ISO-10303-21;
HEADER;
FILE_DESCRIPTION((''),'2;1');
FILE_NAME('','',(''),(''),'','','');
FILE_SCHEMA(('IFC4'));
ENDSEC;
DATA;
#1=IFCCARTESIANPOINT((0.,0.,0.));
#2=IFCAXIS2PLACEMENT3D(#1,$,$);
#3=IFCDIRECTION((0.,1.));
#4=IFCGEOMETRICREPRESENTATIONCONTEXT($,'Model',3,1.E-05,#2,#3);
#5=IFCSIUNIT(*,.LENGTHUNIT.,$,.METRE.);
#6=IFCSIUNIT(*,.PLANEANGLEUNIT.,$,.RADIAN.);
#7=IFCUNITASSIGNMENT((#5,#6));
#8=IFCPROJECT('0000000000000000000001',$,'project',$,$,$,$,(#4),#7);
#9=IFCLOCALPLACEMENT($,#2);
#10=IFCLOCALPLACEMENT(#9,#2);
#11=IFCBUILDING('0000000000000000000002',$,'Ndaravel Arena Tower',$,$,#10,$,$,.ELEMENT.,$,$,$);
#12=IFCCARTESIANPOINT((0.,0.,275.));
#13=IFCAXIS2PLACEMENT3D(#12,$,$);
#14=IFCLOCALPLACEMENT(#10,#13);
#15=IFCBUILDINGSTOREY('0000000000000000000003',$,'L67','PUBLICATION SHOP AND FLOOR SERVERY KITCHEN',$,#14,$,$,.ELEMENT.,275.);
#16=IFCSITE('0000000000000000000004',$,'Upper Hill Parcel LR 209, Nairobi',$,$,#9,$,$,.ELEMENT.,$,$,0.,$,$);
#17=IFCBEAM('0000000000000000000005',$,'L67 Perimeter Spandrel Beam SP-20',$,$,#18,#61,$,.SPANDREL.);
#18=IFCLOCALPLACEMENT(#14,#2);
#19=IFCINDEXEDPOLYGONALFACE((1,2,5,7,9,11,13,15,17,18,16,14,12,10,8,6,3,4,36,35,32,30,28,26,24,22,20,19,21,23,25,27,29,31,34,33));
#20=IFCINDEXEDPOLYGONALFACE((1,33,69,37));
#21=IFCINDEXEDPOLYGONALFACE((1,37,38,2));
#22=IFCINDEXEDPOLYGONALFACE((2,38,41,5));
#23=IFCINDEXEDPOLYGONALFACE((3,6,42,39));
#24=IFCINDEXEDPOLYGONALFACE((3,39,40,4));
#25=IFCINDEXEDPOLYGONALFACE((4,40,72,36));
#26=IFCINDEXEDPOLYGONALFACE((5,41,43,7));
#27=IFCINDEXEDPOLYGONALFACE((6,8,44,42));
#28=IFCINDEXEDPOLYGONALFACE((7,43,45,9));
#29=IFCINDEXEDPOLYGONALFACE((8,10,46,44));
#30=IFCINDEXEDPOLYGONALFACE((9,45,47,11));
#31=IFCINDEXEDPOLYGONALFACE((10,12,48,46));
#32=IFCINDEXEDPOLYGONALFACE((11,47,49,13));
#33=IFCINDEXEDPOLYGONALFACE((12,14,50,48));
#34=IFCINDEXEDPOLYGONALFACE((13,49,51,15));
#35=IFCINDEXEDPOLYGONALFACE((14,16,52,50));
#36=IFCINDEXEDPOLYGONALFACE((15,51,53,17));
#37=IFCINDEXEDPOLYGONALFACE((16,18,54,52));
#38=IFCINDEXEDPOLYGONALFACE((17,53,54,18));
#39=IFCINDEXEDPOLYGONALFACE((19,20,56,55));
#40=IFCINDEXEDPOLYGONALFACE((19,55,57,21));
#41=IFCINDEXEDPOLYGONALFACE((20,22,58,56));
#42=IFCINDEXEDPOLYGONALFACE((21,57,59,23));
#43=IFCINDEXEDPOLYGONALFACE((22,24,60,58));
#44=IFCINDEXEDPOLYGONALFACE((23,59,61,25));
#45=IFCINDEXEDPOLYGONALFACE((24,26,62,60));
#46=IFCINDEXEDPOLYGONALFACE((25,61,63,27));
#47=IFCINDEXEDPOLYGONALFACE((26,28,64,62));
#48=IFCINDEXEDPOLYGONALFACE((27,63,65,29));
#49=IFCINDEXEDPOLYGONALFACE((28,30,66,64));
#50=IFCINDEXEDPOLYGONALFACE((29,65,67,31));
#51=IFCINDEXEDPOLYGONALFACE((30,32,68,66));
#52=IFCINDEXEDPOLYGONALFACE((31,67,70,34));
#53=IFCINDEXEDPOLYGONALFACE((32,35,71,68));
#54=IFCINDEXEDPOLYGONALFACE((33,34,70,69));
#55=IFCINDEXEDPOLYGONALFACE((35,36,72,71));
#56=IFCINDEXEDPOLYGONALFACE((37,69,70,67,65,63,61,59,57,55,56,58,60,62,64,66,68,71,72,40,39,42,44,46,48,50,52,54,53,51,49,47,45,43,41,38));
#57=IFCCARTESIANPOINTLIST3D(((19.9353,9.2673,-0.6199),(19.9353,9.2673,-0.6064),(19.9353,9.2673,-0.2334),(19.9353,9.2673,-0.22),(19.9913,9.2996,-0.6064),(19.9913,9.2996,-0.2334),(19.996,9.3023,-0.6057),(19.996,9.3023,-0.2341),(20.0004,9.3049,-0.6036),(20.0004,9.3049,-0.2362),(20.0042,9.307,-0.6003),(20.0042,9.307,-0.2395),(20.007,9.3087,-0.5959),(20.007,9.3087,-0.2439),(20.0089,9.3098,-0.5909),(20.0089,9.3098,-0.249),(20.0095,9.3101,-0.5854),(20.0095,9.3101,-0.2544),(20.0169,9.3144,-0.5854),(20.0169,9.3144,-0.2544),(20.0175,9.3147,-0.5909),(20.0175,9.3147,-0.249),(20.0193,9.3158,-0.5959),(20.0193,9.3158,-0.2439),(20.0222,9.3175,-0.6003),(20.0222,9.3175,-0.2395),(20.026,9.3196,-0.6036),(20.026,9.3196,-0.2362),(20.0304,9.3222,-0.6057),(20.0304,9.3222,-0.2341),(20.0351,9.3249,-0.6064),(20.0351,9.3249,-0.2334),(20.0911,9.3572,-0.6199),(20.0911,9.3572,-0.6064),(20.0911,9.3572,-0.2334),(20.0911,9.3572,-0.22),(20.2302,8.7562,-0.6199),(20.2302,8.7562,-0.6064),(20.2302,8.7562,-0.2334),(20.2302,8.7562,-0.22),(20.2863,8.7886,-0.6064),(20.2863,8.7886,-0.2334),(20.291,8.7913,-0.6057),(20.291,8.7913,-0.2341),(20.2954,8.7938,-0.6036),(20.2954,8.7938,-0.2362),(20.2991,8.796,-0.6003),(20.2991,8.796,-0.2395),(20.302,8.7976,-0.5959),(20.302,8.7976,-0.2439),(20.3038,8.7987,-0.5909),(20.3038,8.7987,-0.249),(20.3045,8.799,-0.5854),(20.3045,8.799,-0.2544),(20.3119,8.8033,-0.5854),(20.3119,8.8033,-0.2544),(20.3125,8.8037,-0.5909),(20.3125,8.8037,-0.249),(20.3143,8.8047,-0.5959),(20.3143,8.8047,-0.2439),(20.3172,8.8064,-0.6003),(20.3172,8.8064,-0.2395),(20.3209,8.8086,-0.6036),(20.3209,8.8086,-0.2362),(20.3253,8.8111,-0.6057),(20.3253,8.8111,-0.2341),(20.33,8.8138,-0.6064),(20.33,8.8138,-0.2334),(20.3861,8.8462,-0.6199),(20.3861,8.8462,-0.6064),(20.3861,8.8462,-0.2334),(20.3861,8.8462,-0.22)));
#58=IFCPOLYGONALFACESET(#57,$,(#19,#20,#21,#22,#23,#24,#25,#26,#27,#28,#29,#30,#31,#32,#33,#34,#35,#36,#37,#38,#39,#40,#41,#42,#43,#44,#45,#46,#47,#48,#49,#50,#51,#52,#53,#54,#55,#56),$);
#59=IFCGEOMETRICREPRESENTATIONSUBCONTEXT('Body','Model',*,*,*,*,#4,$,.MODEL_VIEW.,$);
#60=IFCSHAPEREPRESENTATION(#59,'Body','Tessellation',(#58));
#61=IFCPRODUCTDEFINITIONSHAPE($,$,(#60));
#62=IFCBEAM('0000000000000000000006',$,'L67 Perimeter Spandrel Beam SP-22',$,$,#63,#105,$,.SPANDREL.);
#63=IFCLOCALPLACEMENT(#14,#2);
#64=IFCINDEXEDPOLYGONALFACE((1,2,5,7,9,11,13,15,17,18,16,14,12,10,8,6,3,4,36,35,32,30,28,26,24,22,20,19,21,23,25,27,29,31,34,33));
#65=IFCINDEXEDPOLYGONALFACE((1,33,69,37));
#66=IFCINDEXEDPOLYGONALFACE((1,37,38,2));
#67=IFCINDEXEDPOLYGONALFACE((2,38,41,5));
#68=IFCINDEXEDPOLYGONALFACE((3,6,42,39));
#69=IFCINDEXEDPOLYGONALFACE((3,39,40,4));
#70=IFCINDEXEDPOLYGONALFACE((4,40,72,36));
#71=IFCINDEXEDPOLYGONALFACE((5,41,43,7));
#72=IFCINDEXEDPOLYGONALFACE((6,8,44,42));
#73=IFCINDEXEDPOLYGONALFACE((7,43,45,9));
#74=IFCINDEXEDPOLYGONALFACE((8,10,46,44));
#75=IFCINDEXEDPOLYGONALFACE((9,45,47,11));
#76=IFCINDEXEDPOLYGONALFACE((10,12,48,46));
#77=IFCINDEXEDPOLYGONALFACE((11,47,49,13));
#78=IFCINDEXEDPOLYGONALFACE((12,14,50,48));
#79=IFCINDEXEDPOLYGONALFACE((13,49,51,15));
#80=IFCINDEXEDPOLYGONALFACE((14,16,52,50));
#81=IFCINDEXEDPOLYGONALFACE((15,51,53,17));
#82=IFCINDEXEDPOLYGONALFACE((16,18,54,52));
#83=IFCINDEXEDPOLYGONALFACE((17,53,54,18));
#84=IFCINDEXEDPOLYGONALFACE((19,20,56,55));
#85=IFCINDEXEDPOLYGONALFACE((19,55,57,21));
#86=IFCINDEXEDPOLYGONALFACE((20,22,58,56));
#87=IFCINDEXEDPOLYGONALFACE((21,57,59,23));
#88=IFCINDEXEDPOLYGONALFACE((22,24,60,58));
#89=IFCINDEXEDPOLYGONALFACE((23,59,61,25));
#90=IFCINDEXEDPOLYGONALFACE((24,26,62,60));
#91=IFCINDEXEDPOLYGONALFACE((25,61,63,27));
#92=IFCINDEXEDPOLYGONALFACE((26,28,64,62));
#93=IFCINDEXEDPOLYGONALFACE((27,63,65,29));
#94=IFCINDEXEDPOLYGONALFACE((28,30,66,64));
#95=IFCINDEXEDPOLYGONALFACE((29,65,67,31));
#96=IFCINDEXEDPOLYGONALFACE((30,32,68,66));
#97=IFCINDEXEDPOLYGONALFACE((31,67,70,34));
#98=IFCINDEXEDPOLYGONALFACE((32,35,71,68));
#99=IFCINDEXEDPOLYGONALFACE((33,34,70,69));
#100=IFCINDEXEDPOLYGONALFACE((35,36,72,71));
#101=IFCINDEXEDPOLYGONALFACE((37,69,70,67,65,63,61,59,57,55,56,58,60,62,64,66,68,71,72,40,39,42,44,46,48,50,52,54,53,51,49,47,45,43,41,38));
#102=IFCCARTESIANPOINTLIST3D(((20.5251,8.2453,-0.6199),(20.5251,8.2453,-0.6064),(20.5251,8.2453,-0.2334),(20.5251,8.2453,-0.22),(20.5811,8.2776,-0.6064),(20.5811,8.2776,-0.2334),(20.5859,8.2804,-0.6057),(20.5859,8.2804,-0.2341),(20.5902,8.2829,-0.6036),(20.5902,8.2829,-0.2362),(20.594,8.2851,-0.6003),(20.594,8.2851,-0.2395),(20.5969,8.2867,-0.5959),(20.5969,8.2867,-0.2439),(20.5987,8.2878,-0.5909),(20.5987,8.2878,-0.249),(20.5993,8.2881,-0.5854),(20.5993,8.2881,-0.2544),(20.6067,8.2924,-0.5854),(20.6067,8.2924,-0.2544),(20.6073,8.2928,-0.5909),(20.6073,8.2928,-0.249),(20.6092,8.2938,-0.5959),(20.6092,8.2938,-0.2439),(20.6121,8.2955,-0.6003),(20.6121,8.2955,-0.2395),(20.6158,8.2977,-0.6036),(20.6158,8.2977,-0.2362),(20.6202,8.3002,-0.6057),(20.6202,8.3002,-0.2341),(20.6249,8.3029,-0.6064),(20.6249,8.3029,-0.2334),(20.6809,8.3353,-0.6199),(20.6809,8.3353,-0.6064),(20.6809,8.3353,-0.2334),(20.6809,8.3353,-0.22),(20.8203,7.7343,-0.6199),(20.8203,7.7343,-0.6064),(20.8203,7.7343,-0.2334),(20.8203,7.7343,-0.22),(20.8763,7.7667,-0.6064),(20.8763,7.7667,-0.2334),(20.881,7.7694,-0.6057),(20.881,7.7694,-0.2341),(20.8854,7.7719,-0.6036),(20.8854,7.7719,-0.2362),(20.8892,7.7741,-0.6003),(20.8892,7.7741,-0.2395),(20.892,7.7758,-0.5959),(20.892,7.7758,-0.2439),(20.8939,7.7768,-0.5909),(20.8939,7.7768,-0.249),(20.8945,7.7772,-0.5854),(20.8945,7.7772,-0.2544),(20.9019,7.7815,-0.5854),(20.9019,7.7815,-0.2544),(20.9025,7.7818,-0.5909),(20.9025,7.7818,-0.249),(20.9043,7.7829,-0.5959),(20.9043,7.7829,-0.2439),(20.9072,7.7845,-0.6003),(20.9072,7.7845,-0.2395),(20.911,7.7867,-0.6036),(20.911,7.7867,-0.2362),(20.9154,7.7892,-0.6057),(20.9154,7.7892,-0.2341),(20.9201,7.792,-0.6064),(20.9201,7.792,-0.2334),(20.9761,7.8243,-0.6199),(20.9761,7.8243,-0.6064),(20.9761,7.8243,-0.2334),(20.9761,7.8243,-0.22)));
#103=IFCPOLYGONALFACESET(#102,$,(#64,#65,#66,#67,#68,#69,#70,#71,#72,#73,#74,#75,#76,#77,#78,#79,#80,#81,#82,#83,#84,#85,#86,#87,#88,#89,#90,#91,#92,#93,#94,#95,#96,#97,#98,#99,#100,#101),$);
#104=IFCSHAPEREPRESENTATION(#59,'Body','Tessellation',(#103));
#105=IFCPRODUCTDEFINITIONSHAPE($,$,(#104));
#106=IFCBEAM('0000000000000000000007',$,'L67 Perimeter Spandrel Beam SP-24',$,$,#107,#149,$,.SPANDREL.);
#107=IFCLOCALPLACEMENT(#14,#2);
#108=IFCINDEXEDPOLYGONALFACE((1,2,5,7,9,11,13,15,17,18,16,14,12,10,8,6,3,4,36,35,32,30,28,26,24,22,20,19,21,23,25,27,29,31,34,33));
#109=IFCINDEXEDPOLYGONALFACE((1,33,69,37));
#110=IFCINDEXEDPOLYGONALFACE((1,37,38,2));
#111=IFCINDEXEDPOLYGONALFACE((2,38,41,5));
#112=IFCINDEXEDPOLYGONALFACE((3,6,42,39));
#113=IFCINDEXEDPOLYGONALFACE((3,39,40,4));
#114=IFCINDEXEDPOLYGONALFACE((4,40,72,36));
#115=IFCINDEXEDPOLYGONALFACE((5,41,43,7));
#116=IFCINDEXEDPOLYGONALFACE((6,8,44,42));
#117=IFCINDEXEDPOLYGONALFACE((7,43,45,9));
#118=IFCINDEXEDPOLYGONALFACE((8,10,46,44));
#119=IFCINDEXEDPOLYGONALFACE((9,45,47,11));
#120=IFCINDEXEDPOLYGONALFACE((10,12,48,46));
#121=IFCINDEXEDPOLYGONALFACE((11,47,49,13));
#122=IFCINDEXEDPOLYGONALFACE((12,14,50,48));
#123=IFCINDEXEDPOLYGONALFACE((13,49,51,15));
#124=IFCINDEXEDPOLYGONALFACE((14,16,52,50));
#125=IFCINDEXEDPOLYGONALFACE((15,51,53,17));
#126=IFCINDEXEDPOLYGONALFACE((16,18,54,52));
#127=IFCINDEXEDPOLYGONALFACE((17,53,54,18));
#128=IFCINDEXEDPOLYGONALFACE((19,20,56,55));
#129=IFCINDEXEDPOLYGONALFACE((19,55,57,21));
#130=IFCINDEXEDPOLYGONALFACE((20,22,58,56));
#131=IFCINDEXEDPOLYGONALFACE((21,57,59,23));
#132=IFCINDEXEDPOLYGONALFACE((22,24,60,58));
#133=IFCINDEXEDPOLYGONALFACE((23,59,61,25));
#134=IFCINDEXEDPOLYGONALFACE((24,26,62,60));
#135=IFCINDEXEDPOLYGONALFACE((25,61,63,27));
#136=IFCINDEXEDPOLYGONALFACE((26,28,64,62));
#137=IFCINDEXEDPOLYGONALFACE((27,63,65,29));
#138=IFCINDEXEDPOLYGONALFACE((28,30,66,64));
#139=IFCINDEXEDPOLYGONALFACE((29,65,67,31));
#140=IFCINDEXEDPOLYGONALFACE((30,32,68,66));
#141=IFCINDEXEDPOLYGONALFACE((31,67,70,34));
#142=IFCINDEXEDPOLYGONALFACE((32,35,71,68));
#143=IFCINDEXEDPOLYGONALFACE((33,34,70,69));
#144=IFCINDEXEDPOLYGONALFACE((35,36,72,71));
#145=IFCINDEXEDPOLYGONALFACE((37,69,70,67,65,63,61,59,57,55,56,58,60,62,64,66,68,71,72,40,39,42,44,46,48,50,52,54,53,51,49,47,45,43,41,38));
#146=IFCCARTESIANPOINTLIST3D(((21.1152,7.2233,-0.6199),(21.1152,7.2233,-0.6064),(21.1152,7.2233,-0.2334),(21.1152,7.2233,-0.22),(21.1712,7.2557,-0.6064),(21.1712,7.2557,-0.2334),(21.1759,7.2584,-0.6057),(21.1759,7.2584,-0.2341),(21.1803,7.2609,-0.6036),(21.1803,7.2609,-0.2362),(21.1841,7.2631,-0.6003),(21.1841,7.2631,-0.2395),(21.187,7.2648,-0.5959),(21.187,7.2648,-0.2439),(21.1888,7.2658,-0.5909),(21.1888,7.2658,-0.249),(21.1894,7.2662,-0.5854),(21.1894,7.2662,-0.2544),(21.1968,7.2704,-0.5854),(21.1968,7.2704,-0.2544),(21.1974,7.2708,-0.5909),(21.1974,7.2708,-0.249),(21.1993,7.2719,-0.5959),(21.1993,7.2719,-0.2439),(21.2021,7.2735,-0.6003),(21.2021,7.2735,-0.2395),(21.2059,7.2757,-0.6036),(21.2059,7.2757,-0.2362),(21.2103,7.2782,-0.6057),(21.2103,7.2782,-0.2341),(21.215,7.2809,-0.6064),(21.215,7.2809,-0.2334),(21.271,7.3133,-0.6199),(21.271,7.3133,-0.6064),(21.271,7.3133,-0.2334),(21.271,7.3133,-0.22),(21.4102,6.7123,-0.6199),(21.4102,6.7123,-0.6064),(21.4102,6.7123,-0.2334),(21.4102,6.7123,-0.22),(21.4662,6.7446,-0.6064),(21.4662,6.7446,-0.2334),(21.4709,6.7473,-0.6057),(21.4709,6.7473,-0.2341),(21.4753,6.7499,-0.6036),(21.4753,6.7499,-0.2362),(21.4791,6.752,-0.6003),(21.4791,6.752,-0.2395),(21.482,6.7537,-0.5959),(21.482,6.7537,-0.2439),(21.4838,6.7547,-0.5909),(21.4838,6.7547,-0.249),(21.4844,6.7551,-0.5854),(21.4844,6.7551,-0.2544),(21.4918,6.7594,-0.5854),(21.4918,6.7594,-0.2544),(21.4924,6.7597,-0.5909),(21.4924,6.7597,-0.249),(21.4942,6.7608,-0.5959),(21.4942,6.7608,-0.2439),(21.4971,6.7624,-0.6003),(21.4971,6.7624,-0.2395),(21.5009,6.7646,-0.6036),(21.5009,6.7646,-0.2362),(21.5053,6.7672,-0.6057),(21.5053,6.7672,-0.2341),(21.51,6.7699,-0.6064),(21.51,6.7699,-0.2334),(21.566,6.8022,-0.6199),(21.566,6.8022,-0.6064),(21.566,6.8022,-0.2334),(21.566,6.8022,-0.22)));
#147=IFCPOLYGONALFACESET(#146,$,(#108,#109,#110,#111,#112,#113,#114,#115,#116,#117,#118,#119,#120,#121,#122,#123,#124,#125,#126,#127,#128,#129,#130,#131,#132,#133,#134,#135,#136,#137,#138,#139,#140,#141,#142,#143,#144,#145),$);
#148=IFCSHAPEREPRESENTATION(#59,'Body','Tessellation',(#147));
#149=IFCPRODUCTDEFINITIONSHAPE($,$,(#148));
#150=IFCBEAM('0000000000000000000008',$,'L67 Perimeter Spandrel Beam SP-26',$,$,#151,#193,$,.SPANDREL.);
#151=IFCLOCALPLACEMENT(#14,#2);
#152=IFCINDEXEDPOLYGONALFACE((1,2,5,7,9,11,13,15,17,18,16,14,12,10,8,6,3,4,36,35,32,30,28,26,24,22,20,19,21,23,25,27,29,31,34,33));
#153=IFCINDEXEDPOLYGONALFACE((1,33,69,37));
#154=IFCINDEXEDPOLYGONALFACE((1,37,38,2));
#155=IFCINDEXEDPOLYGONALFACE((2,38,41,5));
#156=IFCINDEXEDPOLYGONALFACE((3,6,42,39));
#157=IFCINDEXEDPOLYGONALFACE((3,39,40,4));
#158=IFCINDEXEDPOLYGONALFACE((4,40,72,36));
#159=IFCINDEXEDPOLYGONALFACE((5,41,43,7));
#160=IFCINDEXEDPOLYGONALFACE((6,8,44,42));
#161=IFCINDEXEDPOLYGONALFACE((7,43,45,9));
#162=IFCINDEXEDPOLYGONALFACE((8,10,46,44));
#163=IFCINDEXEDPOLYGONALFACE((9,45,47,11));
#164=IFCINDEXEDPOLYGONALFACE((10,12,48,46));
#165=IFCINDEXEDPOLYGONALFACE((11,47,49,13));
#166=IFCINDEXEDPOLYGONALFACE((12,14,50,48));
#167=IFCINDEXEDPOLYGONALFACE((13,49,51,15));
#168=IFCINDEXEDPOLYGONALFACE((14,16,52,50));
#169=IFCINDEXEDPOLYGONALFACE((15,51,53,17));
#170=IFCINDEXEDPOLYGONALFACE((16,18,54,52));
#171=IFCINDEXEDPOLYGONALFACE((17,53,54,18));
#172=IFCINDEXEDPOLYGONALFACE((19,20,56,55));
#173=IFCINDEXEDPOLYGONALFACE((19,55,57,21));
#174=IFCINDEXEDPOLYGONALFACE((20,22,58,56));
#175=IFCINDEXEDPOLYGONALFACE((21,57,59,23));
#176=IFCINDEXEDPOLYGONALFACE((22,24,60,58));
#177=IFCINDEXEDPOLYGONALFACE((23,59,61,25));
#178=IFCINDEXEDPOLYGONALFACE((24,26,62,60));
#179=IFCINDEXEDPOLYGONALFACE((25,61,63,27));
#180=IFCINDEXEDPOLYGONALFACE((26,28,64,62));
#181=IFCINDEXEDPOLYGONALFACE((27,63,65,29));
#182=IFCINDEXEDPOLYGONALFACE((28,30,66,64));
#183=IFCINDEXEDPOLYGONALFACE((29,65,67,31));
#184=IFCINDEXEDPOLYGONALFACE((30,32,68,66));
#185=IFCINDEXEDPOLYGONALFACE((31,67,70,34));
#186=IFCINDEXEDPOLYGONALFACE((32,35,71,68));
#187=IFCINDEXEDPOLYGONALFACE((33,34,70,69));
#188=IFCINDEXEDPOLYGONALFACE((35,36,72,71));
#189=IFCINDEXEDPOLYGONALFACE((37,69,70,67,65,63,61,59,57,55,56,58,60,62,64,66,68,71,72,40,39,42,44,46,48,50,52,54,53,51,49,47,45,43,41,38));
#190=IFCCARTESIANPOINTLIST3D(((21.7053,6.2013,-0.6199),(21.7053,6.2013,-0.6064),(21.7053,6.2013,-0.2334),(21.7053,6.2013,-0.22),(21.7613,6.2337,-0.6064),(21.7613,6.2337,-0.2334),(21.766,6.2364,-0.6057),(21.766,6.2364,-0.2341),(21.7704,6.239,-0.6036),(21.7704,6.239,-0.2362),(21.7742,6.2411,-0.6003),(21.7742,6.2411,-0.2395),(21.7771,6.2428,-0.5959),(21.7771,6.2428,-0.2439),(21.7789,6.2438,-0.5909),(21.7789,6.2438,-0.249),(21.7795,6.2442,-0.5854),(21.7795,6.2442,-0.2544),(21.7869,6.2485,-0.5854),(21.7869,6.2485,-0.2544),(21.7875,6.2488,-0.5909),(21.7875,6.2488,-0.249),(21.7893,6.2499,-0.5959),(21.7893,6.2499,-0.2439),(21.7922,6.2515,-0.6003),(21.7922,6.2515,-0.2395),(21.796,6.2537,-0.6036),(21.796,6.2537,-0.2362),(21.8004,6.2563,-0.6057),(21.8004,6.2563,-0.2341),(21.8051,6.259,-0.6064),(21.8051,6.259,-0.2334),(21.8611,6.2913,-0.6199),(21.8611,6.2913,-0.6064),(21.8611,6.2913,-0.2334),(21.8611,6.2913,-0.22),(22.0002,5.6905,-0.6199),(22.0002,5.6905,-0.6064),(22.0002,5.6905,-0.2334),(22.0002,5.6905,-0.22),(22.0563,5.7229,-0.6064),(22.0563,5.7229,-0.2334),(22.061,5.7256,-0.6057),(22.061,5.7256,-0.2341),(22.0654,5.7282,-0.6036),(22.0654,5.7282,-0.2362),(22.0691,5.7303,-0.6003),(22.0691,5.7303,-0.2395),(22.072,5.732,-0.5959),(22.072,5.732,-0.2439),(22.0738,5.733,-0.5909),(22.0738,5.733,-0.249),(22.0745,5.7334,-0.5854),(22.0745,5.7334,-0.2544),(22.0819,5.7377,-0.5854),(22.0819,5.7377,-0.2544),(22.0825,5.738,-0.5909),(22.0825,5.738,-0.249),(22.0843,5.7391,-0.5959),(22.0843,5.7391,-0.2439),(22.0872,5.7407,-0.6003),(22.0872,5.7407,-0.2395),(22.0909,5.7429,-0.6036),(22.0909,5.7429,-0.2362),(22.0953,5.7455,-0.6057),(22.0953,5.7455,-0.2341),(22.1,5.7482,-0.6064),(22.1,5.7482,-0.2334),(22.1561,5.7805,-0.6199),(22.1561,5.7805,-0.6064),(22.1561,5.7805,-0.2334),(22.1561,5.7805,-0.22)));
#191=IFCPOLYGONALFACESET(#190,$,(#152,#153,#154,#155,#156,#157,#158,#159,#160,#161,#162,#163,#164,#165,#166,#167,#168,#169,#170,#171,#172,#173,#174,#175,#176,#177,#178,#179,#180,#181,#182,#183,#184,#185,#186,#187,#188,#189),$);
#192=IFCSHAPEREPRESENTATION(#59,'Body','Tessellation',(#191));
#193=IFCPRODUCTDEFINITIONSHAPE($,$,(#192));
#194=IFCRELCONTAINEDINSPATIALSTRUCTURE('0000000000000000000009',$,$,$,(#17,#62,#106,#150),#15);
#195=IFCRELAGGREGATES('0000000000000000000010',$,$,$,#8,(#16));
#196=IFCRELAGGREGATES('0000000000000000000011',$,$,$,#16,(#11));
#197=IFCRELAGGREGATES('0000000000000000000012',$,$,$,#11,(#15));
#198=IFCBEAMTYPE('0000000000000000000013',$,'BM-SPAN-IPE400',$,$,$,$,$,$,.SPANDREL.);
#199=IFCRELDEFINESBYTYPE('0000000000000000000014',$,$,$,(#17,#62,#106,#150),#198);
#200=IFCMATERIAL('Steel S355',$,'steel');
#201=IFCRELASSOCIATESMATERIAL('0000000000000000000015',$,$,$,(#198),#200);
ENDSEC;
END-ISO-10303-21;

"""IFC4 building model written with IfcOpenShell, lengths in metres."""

from ifc_helpers import new_model, si_unit, direction, frame, origin, origin_2d, place, context, subcontext, project, spatial, i_section, extrude, material, material_profile, profile_set, type_object, element, save


model = new_model("IFC4")

# Units and contexts
model_context = context("Model", 3, precision=1e-05, world=origin(), true_north=direction((0.0, 1.0)))
body_context = subcontext(model_context, "Body", "Model", "MODEL_VIEW")
ifc_project = project(units=[si_unit("LENGTHUNIT", "METRE"), si_unit("PLANEANGLEUNIT", "RADIAN")], contexts=[model_context])

# Site, building, storey
site_placement = place(None, origin())
site = spatial("IfcSite", under=ifc_project, at=site_placement, Name="Upper Hill Parcel LR 209, Nairobi", CompositionType="ELEMENT", RefElevation=0.0)
building_placement = place(site_placement, origin())
building = spatial("IfcBuilding", under=site, at=building_placement, Name="Ndaravel Arena Tower", CompositionType="ELEMENT")
storey_placement = place(building_placement, frame((0.0, 0.0, 275.0)))
storey = spatial("IfcBuildingStorey", under=building, at=storey_placement, Name="L67", Description="PUBLICATION SHOP AND FLOOR SERVERY KITCHEN", CompositionType="ELEMENT", Elevation=275.0)

# Beams
ifc_material_1 = material(Name="Steel S355", Category="steel")
ifc_material_profile_1 = material_profile(ifc_material_1, i_section(OverallWidth=0.1799, OverallDepth=0.3999, WebThickness=0.0085, FlangeThickness=0.0134, FilletRadius=0.021, at=origin_2d()), Name="IPE 400")
ifc_profile_set_1 = profile_set([ifc_material_profile_1], Name="Steel S355")
beam_type = type_object("IfcBeamType", Name="BM-SPAN-IPE400", PredefinedType="SPANDREL", material=ifc_profile_set_1)
for number, where, z_axis, x_axis, name in (
    (1, (20.0132, 9.3123, -0.4199), (0.499878, -0.866096, 0.0), (0.866096, 0.499878, 0.0), "L67 Perimeter Spandrel Beam SP-20"),
    (2, (20.603, 8.2903, -0.4199), (0.500188, -0.865917, 0.0), (0.865917, 0.500188, 0.0), "L67 Perimeter Spandrel Beam SP-22"),
    (3, (21.1931, 7.2683, -0.4199), (0.499878, -0.866096, 0.0), (0.866096, 0.499878, 0.0), "L67 Perimeter Spandrel Beam SP-24"),
):
    element("IfcBeam", number, at=place(storey_placement, frame(where, z_axis=z_axis, x_axis=x_axis)), inside=storey, type_object=beam_type, Name=name, PredefinedType="SPANDREL", context=body_context, shape_type="SweptSolid", body=[
        extrude(i_section(OverallWidth=0.1799, OverallDepth=0.3999, WebThickness=0.0085, FlangeThickness=0.0134, FilletRadius=0.021, at=origin_2d()), origin(), (0.0, 0.0, 1.0), 0.5901),
    ])
beam_1_placement = place(storey_placement, frame((21.7832, 6.2463, -0.4199), z_axis=(0.500057, -0.865993, 0.0), x_axis=(0.865993, 0.500057, 0.0)))
element("IfcBeam", 4, at=beam_1_placement, inside=storey, type_object=beam_type, Name="L67 Perimeter Spandrel Beam SP-26", PredefinedType="SPANDREL", context=body_context, shape_type="SweptSolid", body=[
    extrude(i_section(OverallWidth=0.1799, OverallDepth=0.3999, WebThickness=0.0085, FlangeThickness=0.0134, FilletRadius=0.021, at=origin_2d()), origin(), (0.0, 0.0, 1.0), 0.5898),
])

save(model, "model.ifc")
